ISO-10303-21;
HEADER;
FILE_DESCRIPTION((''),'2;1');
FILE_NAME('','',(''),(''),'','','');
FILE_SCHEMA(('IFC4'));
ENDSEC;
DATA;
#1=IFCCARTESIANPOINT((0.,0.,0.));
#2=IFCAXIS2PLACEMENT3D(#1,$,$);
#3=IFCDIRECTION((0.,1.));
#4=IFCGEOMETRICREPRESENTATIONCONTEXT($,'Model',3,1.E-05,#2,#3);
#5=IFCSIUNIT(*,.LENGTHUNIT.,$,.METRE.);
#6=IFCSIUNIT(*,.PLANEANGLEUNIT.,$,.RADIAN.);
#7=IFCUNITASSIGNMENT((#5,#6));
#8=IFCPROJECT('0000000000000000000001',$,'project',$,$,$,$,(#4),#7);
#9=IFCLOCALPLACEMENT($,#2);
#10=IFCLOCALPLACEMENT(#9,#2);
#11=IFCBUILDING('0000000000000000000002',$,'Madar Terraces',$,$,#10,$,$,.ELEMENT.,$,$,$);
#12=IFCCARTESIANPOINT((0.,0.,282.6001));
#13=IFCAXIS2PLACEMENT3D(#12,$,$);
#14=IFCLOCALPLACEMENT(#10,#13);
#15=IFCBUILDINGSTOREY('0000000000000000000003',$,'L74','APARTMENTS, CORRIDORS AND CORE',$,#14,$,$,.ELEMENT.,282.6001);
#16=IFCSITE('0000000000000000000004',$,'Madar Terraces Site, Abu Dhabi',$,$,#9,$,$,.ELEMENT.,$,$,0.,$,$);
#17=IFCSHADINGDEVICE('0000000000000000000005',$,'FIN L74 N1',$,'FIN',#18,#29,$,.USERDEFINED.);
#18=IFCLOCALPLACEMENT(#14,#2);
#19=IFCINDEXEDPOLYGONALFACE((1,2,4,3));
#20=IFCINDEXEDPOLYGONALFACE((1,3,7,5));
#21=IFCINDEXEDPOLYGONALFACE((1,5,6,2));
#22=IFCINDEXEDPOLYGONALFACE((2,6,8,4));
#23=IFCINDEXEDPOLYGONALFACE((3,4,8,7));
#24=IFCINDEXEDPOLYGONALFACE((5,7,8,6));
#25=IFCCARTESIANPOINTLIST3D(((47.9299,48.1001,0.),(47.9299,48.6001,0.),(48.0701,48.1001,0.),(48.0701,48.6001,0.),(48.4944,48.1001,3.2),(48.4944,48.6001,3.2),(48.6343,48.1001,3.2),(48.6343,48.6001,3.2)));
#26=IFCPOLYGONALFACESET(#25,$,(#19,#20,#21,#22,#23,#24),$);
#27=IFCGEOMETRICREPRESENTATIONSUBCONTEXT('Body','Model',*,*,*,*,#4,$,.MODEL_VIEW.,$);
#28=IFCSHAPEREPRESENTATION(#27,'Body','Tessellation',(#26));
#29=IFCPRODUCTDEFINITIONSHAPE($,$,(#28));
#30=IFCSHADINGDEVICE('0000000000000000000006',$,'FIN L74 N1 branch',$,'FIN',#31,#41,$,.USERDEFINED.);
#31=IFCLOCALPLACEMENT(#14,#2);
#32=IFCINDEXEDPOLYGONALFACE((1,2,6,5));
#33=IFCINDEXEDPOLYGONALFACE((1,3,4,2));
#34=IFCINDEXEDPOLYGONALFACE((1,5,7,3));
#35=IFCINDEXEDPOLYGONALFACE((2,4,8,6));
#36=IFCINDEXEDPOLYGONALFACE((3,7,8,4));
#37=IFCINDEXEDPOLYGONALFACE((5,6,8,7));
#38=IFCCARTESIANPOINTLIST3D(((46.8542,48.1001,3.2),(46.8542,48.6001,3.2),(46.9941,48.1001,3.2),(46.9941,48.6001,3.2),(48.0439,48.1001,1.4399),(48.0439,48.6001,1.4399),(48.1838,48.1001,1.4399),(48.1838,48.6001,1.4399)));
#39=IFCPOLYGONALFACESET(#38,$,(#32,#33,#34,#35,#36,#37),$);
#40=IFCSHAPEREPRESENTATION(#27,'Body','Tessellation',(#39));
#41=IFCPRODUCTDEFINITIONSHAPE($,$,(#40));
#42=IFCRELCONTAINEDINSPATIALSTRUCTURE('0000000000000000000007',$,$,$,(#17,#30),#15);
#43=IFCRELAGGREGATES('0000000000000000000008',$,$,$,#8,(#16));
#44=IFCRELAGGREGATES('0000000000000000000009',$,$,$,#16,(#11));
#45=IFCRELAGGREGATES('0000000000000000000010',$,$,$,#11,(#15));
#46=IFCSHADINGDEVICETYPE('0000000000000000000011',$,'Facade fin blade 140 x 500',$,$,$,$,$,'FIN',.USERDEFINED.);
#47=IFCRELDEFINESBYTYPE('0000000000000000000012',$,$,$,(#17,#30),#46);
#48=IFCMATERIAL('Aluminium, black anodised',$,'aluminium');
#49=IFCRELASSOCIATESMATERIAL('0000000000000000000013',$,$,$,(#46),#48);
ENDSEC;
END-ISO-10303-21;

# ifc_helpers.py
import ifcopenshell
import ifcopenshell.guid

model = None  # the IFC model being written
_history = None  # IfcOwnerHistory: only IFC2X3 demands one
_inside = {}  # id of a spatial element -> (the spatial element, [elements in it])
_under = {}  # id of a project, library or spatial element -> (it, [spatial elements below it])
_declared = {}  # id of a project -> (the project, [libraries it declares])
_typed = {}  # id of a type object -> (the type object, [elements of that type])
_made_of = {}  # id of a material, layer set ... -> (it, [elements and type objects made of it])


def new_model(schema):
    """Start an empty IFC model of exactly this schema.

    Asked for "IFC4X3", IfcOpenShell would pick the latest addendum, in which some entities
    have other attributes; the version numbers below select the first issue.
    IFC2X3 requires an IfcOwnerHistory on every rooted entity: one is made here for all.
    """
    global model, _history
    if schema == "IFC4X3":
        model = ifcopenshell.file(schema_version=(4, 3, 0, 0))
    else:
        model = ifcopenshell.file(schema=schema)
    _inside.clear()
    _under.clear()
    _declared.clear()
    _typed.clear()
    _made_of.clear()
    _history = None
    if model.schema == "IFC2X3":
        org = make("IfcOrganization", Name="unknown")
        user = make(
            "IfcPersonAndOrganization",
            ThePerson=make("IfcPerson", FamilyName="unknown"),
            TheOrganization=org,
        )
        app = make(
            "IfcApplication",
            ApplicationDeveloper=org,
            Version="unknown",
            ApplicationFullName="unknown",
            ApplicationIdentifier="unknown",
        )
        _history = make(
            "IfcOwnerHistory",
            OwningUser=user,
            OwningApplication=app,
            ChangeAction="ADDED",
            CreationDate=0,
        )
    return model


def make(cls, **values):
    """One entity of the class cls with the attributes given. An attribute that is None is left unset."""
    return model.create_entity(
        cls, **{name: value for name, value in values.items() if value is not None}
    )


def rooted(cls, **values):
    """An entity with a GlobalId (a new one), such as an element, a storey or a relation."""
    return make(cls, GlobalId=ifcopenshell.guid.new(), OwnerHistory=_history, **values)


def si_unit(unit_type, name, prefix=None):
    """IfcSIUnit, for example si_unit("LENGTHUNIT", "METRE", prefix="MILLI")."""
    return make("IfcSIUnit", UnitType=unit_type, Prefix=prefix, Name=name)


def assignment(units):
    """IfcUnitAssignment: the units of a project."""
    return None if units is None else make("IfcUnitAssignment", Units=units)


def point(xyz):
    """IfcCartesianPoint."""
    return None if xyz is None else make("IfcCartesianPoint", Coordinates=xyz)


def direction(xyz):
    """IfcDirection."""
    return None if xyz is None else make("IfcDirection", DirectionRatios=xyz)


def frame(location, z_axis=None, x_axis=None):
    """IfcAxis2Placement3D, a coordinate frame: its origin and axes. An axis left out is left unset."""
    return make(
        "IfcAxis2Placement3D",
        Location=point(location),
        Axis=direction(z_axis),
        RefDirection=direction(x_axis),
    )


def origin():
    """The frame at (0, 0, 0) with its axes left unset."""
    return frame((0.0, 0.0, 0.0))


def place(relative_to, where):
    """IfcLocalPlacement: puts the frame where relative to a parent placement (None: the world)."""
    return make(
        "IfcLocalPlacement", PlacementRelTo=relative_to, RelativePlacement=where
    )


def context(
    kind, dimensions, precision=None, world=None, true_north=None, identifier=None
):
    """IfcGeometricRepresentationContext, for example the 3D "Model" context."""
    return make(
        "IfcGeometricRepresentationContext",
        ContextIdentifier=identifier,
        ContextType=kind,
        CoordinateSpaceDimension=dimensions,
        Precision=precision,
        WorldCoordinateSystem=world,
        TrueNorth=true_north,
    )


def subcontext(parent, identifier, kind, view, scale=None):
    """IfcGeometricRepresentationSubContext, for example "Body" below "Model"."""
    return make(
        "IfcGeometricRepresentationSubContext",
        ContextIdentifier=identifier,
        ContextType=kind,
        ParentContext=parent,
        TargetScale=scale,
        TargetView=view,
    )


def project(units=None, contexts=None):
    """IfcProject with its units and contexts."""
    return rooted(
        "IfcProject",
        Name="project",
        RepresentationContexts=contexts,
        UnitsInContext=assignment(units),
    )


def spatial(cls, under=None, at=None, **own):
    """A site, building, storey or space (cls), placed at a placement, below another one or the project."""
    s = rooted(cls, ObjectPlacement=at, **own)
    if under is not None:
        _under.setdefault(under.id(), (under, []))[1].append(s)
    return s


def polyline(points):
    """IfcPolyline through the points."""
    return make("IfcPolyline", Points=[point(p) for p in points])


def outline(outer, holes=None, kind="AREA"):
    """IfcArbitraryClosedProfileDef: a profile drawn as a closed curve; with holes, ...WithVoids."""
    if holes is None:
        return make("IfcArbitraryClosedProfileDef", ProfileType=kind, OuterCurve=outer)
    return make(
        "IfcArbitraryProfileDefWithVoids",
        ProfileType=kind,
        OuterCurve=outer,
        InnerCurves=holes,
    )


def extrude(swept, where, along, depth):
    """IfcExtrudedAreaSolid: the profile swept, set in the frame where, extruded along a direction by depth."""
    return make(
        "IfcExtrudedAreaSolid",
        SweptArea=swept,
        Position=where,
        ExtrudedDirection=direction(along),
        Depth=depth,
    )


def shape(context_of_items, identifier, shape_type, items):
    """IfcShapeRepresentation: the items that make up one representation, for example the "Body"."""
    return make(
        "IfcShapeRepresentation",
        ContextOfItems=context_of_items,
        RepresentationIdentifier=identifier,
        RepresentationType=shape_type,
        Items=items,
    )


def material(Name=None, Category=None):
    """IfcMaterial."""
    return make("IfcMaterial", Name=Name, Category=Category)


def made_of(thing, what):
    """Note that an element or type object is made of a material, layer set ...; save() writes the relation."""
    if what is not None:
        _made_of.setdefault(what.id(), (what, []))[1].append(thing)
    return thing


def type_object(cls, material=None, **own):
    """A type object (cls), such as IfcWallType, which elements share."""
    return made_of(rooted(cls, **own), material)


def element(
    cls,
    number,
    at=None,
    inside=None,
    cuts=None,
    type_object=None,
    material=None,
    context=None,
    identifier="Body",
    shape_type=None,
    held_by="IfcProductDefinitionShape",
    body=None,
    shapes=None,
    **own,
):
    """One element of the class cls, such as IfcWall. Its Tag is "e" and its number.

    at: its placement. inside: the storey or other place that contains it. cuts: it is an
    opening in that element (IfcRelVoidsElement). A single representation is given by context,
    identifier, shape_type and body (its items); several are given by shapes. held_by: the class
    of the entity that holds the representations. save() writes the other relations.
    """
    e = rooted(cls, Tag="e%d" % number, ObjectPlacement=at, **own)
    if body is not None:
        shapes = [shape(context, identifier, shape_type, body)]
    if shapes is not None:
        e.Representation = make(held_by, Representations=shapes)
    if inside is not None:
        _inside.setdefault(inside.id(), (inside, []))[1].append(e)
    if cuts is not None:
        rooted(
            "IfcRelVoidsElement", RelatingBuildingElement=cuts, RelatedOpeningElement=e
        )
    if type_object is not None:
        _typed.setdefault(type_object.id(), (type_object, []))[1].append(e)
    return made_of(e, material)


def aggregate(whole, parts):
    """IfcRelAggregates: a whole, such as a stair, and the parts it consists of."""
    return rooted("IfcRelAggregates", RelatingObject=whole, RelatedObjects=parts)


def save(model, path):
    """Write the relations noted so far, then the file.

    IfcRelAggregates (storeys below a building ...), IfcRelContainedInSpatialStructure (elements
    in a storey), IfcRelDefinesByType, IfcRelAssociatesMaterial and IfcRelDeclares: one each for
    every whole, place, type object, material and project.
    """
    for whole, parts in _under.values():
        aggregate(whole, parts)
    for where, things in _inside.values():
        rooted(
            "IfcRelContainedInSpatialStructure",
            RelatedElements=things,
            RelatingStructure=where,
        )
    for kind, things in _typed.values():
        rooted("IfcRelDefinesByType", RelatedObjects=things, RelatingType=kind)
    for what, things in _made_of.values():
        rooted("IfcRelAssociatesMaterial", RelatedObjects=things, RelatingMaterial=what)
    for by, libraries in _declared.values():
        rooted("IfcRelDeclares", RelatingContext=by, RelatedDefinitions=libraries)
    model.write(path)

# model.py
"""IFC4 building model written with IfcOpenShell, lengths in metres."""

from ifc_helpers import new_model, si_unit, direction, frame, origin, place, context, subcontext, project, spatial, polyline, outline, extrude, material, type_object, element, save


model = new_model("IFC4")

# Units and contexts
model_context = context("Model", 3, precision=1e-05, world=origin(), true_north=direction((0.0, 1.0)))
body_context = subcontext(model_context, "Body", "Model", "MODEL_VIEW")
ifc_project = project(units=[si_unit("LENGTHUNIT", "METRE"), si_unit("PLANEANGLEUNIT", "RADIAN")], contexts=[model_context])

# Site, building, storey
site_placement = place(None, origin())
site = spatial("IfcSite", under=ifc_project, at=site_placement, Name="Madar Terraces Site, Abu Dhabi", CompositionType="ELEMENT", RefElevation=0.0)
building_placement = place(site_placement, origin())
building = spatial("IfcBuilding", under=site, at=building_placement, Name="Madar Terraces", CompositionType="ELEMENT")
storey_placement = place(building_placement, frame((0.0, 0.0, 282.6001)))
storey = spatial("IfcBuildingStorey", under=building, at=storey_placement, Name="L74", Description="APARTMENTS, CORRIDORS AND CORE", CompositionType="ELEMENT", Elevation=282.6001)

# Shading devices
ifc_material_1 = material(Name="Aluminium, black anodised", Category="aluminium")
shading_device_type = type_object("IfcShadingDeviceType", Name="Facade fin blade 140 x 500", ElementType="FIN", PredefinedType="USERDEFINED", material=ifc_material_1)
shading_device_1_placement = place(storey_placement, frame((48.0701, 48.3501, 0.0), z_axis=(0.0, 0.0, 1.0), x_axis=(-1.0, 0.0, 0.0)))
element("IfcShadingDevice", 1, at=shading_device_1_placement, inside=storey, type_object=shading_device_type, Name="FIN L74 N1", ObjectType="FIN", PredefinedType="USERDEFINED", context=body_context, shape_type="SweptSolid", body=[
    extrude(outline(polyline([(0.0, 0.0), (0.1401, 0.0), (-0.4243, 3.2), (-0.5642, 3.2), (0.0, 0.0)])), frame((0.0, 0.25, 0.0), z_axis=(0.0, -1.0, 0.0), x_axis=(1.0, 0.0, 0.0)), (0.0, 0.0, 1.0), 0.5),
])
shading_device_2_placement = place(storey_placement, frame((48.1838, 48.3501, 1.4399), z_axis=(0.0, 0.0, 1.0), x_axis=(-1.0, 0.0, 0.0)))
element("IfcShadingDevice", 2, at=shading_device_2_placement, inside=storey, type_object=shading_device_type, Name="FIN L74 N1 branch", ObjectType="FIN", PredefinedType="USERDEFINED", context=body_context, shape_type="SweptSolid", body=[
    extrude(outline(polyline([(0.0, 0.0), (0.1399, 0.0), (1.3296, 1.76), (1.1897, 1.76), (0.0, 0.0)])), frame((0.0, 0.25, 0.0), z_axis=(0.0, -1.0, 0.0), x_axis=(1.0, 0.0, 0.0)), (0.0, 0.0, 1.0), 0.5),
])

save(model, "model.ifc")
